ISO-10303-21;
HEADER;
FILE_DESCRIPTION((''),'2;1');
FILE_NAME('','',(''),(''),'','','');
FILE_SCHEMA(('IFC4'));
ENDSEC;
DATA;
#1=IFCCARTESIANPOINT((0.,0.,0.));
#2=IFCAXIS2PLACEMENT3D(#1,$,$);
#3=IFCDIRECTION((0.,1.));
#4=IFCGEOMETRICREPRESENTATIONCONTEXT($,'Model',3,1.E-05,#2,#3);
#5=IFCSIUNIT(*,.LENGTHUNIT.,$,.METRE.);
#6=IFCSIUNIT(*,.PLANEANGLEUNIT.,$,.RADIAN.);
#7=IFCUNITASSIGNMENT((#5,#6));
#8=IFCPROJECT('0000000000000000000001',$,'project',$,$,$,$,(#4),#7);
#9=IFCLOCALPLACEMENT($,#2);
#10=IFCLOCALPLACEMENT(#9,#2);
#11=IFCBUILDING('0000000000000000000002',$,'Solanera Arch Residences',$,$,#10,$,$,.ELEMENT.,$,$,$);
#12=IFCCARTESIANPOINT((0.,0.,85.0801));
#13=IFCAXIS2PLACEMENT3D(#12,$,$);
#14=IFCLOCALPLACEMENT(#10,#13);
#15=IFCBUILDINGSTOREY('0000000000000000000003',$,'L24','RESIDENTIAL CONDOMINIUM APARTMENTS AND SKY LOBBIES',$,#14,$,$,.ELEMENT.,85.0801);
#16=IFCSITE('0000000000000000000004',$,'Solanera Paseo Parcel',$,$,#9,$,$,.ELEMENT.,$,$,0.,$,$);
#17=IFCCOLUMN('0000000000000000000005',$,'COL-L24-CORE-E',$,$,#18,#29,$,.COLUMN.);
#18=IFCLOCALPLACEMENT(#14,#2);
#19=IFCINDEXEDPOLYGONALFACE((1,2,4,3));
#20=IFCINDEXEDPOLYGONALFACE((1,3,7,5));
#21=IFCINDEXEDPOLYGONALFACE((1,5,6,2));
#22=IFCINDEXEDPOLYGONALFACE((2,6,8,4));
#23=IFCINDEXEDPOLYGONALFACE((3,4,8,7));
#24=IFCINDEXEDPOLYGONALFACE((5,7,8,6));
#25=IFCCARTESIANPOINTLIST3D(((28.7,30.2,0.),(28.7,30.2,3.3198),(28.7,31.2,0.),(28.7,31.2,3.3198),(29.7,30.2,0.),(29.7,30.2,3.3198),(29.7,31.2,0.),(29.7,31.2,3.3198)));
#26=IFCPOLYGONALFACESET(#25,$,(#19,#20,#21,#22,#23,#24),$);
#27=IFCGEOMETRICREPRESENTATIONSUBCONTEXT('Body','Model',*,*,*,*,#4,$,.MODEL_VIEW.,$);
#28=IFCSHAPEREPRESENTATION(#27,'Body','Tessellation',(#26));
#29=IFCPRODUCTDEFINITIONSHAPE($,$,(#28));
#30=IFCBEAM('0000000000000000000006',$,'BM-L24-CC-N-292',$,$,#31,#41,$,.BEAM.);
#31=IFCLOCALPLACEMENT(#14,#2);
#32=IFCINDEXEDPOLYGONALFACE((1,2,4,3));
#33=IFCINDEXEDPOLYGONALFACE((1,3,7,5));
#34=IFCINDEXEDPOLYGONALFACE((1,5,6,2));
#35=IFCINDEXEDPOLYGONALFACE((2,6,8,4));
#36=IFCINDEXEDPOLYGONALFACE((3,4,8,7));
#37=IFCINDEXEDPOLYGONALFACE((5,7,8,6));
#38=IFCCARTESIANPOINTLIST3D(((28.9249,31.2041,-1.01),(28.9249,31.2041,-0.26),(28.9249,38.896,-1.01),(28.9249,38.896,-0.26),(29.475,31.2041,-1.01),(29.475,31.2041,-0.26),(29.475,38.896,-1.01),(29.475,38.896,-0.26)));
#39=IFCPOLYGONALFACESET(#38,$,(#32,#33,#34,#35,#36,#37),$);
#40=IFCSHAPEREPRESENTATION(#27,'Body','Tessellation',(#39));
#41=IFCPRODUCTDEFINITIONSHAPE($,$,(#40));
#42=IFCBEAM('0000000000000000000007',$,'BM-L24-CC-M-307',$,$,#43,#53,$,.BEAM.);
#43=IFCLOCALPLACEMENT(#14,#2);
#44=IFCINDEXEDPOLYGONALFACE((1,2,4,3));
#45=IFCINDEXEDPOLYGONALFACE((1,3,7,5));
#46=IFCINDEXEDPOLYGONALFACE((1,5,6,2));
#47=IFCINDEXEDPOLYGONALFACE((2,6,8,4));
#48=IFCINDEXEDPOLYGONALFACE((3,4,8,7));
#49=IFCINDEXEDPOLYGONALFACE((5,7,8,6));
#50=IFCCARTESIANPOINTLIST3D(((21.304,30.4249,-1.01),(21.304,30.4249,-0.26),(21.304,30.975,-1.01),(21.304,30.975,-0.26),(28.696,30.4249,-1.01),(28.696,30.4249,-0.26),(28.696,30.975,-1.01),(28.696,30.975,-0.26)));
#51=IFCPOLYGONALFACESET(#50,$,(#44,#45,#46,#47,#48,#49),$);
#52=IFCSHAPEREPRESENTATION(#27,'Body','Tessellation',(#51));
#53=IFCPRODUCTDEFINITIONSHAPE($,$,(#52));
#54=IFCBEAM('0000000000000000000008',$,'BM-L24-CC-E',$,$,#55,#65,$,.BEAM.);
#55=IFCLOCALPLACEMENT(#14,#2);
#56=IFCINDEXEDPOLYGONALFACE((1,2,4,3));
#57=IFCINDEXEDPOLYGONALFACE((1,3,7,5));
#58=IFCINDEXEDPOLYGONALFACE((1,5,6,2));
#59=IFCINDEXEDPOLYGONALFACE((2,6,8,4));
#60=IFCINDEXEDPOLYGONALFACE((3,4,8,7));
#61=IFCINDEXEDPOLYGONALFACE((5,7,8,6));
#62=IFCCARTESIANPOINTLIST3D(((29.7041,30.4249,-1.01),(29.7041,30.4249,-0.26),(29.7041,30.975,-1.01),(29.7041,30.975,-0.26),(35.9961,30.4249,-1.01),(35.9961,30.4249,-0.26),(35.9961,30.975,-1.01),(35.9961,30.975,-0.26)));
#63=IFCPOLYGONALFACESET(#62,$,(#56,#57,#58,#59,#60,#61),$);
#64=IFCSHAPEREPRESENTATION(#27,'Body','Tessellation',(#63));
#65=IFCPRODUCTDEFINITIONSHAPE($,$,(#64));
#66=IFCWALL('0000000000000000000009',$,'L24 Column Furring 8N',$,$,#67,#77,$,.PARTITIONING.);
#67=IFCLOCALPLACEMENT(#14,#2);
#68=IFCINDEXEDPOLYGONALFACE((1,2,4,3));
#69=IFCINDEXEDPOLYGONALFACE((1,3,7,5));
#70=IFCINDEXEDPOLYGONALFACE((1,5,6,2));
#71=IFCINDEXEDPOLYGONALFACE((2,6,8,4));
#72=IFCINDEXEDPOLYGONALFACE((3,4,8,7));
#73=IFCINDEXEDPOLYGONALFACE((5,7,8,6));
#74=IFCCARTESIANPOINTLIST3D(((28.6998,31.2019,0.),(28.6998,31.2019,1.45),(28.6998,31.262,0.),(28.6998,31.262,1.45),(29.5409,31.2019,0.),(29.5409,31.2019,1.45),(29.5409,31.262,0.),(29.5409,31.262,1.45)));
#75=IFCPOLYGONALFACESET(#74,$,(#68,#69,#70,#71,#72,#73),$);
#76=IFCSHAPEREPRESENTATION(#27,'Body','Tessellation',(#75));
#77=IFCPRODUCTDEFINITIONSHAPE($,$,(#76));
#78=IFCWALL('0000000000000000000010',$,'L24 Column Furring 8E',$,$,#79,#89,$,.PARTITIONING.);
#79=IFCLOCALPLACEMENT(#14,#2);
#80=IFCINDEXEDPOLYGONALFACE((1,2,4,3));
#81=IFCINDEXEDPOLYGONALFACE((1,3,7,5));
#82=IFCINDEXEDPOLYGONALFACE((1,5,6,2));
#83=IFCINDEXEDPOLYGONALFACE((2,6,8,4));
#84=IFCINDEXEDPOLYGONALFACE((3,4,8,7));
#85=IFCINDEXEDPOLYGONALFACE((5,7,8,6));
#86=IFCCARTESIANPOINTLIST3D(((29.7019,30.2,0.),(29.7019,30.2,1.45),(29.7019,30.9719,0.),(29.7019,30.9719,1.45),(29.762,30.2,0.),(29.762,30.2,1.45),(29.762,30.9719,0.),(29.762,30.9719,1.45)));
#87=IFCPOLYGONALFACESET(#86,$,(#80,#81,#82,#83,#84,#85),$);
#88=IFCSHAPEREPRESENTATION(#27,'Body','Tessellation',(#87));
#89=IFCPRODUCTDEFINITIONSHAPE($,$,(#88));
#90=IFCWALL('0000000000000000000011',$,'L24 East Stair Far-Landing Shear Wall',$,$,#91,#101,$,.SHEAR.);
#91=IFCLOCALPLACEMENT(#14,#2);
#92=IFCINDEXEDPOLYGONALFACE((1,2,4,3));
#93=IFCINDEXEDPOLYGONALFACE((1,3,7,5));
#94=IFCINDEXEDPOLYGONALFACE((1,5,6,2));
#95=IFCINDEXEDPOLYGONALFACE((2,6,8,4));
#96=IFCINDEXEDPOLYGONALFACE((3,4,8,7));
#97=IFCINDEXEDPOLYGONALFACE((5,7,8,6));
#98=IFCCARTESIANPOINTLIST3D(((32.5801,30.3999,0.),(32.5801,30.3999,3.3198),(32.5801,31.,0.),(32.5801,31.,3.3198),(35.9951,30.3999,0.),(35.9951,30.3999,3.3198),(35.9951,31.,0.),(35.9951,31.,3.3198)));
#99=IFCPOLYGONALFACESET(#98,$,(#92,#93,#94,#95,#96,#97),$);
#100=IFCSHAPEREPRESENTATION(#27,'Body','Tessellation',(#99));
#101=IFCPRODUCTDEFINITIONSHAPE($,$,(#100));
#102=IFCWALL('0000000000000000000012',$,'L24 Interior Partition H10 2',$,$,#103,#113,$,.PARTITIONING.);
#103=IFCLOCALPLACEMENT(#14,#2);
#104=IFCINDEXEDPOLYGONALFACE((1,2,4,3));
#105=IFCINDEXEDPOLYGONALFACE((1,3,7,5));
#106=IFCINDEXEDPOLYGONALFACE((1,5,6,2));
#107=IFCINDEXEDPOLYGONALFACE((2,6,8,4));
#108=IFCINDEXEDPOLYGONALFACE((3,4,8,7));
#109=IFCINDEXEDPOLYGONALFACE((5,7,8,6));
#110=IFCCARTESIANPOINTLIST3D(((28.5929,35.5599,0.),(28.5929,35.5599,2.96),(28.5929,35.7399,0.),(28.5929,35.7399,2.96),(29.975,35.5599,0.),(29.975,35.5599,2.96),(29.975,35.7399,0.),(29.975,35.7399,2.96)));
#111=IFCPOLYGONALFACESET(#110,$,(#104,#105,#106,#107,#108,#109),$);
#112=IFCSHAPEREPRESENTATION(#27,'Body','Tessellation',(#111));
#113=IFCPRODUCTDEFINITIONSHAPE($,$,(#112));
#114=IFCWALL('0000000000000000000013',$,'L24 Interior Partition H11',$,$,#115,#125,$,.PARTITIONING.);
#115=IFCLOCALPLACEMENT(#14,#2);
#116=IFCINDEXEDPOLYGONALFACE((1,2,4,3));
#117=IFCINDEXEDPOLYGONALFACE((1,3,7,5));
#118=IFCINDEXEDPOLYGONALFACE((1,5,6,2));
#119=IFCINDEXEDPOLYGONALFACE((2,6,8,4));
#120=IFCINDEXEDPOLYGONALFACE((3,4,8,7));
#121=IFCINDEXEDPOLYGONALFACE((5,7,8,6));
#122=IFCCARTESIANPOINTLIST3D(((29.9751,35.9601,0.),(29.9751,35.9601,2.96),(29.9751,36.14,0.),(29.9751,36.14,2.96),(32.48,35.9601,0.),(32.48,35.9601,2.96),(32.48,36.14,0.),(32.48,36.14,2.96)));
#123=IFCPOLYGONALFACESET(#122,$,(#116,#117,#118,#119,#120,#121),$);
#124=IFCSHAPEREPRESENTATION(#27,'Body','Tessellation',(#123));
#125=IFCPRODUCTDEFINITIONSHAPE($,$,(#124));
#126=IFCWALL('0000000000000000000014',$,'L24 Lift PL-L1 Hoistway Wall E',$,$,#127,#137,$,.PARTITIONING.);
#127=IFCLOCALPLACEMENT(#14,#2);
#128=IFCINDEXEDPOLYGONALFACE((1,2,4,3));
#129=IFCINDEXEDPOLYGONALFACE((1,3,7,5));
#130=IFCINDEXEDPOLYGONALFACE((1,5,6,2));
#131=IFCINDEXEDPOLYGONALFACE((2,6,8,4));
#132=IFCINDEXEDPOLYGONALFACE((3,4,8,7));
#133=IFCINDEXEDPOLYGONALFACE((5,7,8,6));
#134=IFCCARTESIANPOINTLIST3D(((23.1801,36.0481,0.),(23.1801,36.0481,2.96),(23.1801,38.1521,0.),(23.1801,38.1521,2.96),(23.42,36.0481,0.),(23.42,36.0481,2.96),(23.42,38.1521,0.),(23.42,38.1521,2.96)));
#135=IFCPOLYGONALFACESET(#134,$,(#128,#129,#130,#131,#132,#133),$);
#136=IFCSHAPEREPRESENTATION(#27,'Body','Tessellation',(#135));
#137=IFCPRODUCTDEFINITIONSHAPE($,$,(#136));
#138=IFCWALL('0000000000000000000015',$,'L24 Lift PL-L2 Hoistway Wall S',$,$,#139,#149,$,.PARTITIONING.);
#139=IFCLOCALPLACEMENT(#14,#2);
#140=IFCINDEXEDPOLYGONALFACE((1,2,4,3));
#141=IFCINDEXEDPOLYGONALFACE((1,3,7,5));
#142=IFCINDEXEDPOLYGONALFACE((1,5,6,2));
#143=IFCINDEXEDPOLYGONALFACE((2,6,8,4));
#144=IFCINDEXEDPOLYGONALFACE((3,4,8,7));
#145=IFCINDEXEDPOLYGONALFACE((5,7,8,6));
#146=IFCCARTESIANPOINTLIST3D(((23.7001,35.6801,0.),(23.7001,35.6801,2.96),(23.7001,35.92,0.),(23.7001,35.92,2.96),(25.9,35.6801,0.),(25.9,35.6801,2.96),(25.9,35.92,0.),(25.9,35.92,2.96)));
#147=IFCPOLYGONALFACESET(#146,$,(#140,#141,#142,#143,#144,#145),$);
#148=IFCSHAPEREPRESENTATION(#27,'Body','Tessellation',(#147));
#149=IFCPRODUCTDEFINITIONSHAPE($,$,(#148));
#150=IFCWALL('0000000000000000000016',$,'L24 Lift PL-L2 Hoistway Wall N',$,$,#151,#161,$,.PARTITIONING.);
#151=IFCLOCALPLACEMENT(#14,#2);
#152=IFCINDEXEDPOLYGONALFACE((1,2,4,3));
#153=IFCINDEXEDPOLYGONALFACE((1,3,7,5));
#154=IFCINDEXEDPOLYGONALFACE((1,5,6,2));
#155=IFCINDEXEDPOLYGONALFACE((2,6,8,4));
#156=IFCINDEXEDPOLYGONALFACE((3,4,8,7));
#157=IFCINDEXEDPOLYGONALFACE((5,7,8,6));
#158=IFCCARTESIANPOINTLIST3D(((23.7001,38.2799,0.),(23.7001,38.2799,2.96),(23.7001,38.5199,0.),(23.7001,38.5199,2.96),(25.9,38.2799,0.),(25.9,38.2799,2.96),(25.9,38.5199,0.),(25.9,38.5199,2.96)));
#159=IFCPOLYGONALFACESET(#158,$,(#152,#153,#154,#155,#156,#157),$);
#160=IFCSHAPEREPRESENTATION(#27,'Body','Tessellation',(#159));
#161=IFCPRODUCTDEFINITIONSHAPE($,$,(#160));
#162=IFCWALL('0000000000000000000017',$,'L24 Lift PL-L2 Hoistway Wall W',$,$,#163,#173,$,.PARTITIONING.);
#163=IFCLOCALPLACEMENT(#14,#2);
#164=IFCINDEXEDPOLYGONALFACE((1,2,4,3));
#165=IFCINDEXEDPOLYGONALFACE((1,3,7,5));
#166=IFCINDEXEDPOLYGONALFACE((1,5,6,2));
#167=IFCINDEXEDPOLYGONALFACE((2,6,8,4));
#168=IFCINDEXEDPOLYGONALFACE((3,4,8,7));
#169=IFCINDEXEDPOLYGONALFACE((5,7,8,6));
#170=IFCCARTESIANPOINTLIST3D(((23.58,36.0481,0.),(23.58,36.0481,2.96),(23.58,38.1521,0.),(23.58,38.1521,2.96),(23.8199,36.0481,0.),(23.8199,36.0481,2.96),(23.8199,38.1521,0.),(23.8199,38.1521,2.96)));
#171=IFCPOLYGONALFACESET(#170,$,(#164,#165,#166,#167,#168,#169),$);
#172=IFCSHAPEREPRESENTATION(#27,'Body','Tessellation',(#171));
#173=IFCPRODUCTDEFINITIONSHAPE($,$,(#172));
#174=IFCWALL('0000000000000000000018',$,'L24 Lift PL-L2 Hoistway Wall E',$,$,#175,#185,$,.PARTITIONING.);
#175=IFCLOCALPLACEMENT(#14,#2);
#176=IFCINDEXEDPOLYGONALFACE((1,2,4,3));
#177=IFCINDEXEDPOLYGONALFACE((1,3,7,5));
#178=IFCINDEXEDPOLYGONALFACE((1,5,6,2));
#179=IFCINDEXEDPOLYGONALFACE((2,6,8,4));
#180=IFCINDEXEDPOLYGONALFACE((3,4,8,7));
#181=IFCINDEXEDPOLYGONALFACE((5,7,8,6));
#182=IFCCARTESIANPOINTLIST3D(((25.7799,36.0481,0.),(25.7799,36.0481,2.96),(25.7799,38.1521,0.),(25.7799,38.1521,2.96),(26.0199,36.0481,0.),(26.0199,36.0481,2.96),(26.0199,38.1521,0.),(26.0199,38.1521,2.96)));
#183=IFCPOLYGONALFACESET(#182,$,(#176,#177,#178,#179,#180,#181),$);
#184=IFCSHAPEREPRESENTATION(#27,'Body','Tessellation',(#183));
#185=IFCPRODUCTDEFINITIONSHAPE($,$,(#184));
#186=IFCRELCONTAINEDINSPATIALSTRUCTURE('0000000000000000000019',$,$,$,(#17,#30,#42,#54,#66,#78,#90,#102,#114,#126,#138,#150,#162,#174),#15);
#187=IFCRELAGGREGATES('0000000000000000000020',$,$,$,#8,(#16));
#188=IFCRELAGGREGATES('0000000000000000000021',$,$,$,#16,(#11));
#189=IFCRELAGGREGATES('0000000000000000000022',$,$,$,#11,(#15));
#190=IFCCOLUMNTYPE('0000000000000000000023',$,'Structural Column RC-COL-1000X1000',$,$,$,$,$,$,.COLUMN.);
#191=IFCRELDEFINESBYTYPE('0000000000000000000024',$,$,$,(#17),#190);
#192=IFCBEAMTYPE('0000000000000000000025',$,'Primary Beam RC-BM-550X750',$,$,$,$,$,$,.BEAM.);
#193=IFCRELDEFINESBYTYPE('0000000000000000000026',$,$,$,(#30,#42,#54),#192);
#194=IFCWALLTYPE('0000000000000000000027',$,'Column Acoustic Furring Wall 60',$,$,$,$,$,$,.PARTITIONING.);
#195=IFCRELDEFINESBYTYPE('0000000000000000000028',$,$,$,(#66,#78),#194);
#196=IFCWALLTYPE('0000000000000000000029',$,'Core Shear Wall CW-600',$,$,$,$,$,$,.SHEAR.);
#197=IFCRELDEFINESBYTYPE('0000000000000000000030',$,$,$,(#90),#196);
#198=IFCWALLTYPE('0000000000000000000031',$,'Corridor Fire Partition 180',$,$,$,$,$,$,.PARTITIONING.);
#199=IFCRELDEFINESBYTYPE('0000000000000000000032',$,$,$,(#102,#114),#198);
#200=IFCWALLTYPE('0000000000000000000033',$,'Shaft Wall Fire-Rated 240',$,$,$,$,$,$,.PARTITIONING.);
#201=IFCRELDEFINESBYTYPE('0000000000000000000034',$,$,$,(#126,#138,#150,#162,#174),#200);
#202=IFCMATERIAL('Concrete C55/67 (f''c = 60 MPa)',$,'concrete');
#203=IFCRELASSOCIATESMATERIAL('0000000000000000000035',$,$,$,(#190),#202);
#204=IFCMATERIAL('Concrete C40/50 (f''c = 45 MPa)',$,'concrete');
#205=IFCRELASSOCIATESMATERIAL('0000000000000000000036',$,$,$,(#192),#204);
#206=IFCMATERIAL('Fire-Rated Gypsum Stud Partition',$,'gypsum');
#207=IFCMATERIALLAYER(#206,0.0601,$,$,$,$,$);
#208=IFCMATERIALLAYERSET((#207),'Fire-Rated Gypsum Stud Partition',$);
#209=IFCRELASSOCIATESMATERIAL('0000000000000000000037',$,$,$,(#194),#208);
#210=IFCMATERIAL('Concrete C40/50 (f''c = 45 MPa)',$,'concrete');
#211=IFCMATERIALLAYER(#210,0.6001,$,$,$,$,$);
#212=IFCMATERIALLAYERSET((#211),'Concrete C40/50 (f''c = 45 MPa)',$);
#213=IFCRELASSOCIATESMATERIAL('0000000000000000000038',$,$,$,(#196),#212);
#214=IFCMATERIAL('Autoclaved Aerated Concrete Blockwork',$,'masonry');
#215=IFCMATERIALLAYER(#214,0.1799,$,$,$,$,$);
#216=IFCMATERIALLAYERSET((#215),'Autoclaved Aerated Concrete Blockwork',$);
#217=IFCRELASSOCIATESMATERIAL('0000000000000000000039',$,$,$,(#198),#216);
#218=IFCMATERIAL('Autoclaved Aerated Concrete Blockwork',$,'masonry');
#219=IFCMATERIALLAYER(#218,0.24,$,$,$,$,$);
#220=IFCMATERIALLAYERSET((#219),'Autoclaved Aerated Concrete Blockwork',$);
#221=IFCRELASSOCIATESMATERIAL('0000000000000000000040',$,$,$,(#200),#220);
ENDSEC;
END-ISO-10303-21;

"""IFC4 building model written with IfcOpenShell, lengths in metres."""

from ifc_helpers import new_model, si_unit, direction, frame, frame_2d, origin, origin_2d, place, context, subcontext, project, spatial, rectangle, extrude, material, layer, layer_set, material_profile, profile_set, type_object, element, save


model = new_model("IFC4")

# Units and contexts
model_context = context("Model", 3, precision=1e-05, world=origin(), true_north=direction((0.0, 1.0)))
body_context = subcontext(model_context, "Body", "Model", "MODEL_VIEW")
ifc_project = project(units=[si_unit("LENGTHUNIT", "METRE"), si_unit("PLANEANGLEUNIT", "RADIAN")], contexts=[model_context])

# Site, building, storey
site_placement = place(None, origin())
site = spatial("IfcSite", under=ifc_project, at=site_placement, Name="Solanera Paseo Parcel", CompositionType="ELEMENT", RefElevation=0.0)
building_placement = place(site_placement, origin())
building = spatial("IfcBuilding", under=site, at=building_placement, Name="Solanera Arch Residences", CompositionType="ELEMENT")
storey_placement = place(building_placement, frame((0.0, 0.0, 85.0801)))
storey = spatial("IfcBuildingStorey", under=building, at=storey_placement, Name="L24", Description="RESIDENTIAL CONDOMINIUM APARTMENTS AND SKY LOBBIES", CompositionType="ELEMENT", Elevation=85.0801)

# Column
ifc_material_1 = material(Name="Concrete C55/67 (f'c = 60 MPa)", Category="concrete")
ifc_material_profile_1 = material_profile(ifc_material_1, rectangle(XDim=1.0, YDim=1.0, at=origin_2d()))
ifc_profile_set_1 = profile_set([ifc_material_profile_1], Name="Concrete C55/67 (f'c = 60 MPa)")
column_type = type_object("IfcColumnType", Name="Structural Column RC-COL-1000X1000", PredefinedType="COLUMN", material=ifc_profile_set_1)
column_placement = place(storey_placement, frame((29.2, 30.7, 0.0), z_axis=(0.0, 0.0, 1.0), x_axis=(1.0, 0.0, 0.0)))
element("IfcColumn", 1, at=column_placement, inside=storey, type_object=column_type, Name="COL-L24-CORE-E", PredefinedType="COLUMN", context=body_context, shape_type="SweptSolid", body=[
    extrude(rectangle(XDim=1.0, YDim=1.0, at=origin_2d()), origin(), (0.0, 0.0, 1.0), 3.3198),
])

# Beams
ifc_material_2 = material(Name="Concrete C40/50 (f'c = 45 MPa)", Category="concrete")
ifc_material_profile_2 = material_profile(ifc_material_2, rectangle(XDim=0.55, YDim=0.75, at=origin_2d()))
ifc_profile_set_2 = profile_set([ifc_material_profile_2], Name="Concrete C40/50 (f'c = 45 MPa)")
beam_type = type_object("IfcBeamType", Name="Primary Beam RC-BM-550X750", PredefinedType="BEAM", material=ifc_profile_set_2)
beam_1_placement = place(storey_placement, frame((29.2, 31.2041, -0.635), z_axis=(0.0, 1.0, 0.0), x_axis=(-1.0, 0.0, 0.0)))
element("IfcBeam", 2, at=beam_1_placement, inside=storey, type_object=beam_type, Name="BM-L24-CC-N-292", PredefinedType="BEAM", context=body_context, shape_type="SweptSolid", body=[
    extrude(rectangle(XDim=0.55, YDim=0.75, at=origin_2d()), origin(), (0.0, 0.0, 1.0), 7.6919),
])
beam_2_placement = place(storey_placement, frame((21.304, 30.7, -0.635), z_axis=(1.0, 0.0, 0.0), x_axis=(0.0, 1.0, 0.0)))
element("IfcBeam", 3, at=beam_2_placement, inside=storey, type_object=beam_type, Name="BM-L24-CC-M-307", PredefinedType="BEAM", context=body_context, shape_type="SweptSolid", body=[
    extrude(rectangle(XDim=0.55, YDim=0.75, at=origin_2d()), origin(), (0.0, 0.0, 1.0), 7.3921),
])
beam_3_placement = place(storey_placement, frame((29.7041, 30.7, -0.635), z_axis=(1.0, 0.0, 0.0), x_axis=(0.0, 1.0, 0.0)))
element("IfcBeam", 4, at=beam_3_placement, inside=storey, type_object=beam_type, Name="BM-L24-CC-E", PredefinedType="BEAM", context=body_context, shape_type="SweptSolid", body=[
    extrude(rectangle(XDim=0.55, YDim=0.75, at=origin_2d()), origin(), (0.0, 0.0, 1.0), 6.292),
])

# Walls
ifc_material_3 = material(Name="Fire-Rated Gypsum Stud Partition", Category="gypsum")
ifc_layer_1 = layer(ifc_material_3, 0.0601)
ifc_layer_set_1 = layer_set([ifc_layer_1], Name="Fire-Rated Gypsum Stud Partition")
wall_type_1 = type_object("IfcWallType", Name="Column Acoustic Furring Wall 60", PredefinedType="PARTITIONING", material=ifc_layer_set_1)
wall_1_placement = place(storey_placement, frame((28.7, 31.2319, 0.0), z_axis=(0.0, 0.0, 1.0), x_axis=(1.0, 0.0, 0.0)))
element("IfcWall", 5, at=wall_1_placement, inside=storey, type_object=wall_type_1, Name="L24 Column Furring 8N", PredefinedType="PARTITIONING", context=body_context, shape_type="SweptSolid", body=[
    extrude(rectangle(XDim=0.8411, YDim=0.0601, at=frame_2d((0.4204, 0.0))), origin(), (0.0, 0.0, 1.0), 1.45),
])
wall_2_placement = place(storey_placement, frame((29.7319, 30.2, 0.0), z_axis=(0.0, 0.0, 1.0), x_axis=(0.0, 1.0, 0.0)))
element("IfcWall", 6, at=wall_2_placement, inside=storey, type_object=wall_type_1, Name="L24 Column Furring 8E", PredefinedType="PARTITIONING", context=body_context, shape_type="SweptSolid", body=[
    extrude(rectangle(XDim=0.772, YDim=0.0601, at=frame_2d((0.386, 0.0))), origin(), (0.0, 0.0, 1.0), 1.45),
])
ifc_material_4 = material(Name="Concrete C40/50 (f'c = 45 MPa)", Category="concrete")
ifc_layer_2 = layer(ifc_material_4, 0.6001)
ifc_layer_set_2 = layer_set([ifc_layer_2], Name="Concrete C40/50 (f'c = 45 MPa)")
wall_type_2 = type_object("IfcWallType", Name="Core Shear Wall CW-600", PredefinedType="SHEAR", material=ifc_layer_set_2)
wall_3_placement = place(storey_placement, frame((32.5801, 30.7, 0.0), z_axis=(0.0, 0.0, 1.0), x_axis=(1.0, 0.0, 0.0)))
element("IfcWall", 7, at=wall_3_placement, inside=storey, type_object=wall_type_2, Name="L24 East Stair Far-Landing Shear Wall", PredefinedType="SHEAR", context=body_context, shape_type="SweptSolid", body=[
    extrude(rectangle(XDim=3.415, YDim=0.6001, at=frame_2d((1.7075, 0.0))), origin(), (0.0, 0.0, 1.0), 3.3198),
])
ifc_material_5 = material(Name="Autoclaved Aerated Concrete Blockwork", Category="masonry")
ifc_layer_3 = layer(ifc_material_5, 0.1799)
ifc_layer_set_3 = layer_set([ifc_layer_3], Name="Autoclaved Aerated Concrete Blockwork")
wall_type_3 = type_object("IfcWallType", Name="Corridor Fire Partition 180", PredefinedType="PARTITIONING", material=ifc_layer_set_3)
wall_4_placement = place(storey_placement, frame((28.593, 35.6499, 0.0), z_axis=(0.0, 0.0, 1.0), x_axis=(1.0, 0.0, 0.0)))
element("IfcWall", 8, at=wall_4_placement, inside=storey, type_object=wall_type_3, Name="L24 Interior Partition H10 2", PredefinedType="PARTITIONING", context=body_context, shape_type="SweptSolid", body=[
    extrude(rectangle(XDim=1.3821, YDim=0.1799, at=frame_2d((0.6909, 0.0))), origin(), (0.0, 0.0, 1.0), 2.96),
])
wall_5_placement = place(storey_placement, frame((29.9751, 36.05, 0.0), z_axis=(0.0, 0.0, 1.0), x_axis=(1.0, 0.0, 0.0)))
element("IfcWall", 9, at=wall_5_placement, inside=storey, type_object=wall_type_3, Name="L24 Interior Partition H11", PredefinedType="PARTITIONING", context=body_context, shape_type="SweptSolid", body=[
    extrude(rectangle(XDim=2.5049, YDim=0.1799, at=frame_2d((1.2524, 0.0))), origin(), (0.0, 0.0, 1.0), 2.96),
])
ifc_material_6 = material(Name="Autoclaved Aerated Concrete Blockwork", Category="masonry")
ifc_layer_4 = layer(ifc_material_6, 0.24)
ifc_layer_set_4 = layer_set([ifc_layer_4], Name="Autoclaved Aerated Concrete Blockwork")
wall_type_4 = type_object("IfcWallType", Name="Shaft Wall Fire-Rated 240", PredefinedType="PARTITIONING", material=ifc_layer_set_4)
wall_6_placement = place(storey_placement, frame((23.3, 36.0481, 0.0), z_axis=(0.0, 0.0, 1.0), x_axis=(0.0, 1.0, 0.0)))
element("IfcWall", 10, at=wall_6_placement, inside=storey, type_object=wall_type_4, Name="L24 Lift PL-L1 Hoistway Wall E", PredefinedType="PARTITIONING", context=body_context, shape_type="SweptSolid", body=[
    extrude(rectangle(XDim=2.104, YDim=0.24, at=frame_2d((1.052, 0.0))), origin(), (0.0, 0.0, 1.0), 2.96),
])
for number, where, z_axis, x_axis, name in (
    (11, (23.7, 35.8, 0.0), (0.0, 0.0, 1.0), (1.0, 0.0, 0.0), "L24 Lift PL-L2 Hoistway Wall S"),
    (12, (23.7, 38.3999, 0.0), (0.0, 0.0, 1.0), (1.0, 0.0, 0.0), "L24 Lift PL-L2 Hoistway Wall N"),
):
    element("IfcWall", number, at=place(storey_placement, frame(where, z_axis=z_axis, x_axis=x_axis)), inside=storey, type_object=wall_type_4, Name=name, PredefinedType="PARTITIONING", context=body_context, shape_type="SweptSolid", body=[
        extrude(rectangle(XDim=2.2, YDim=0.24, at=frame_2d((1.1001, 0.0))), origin(), (0.0, 0.0, 1.0), 2.96),
    ])
for number, where, z_axis, x_axis, name in (
    (13, (23.7, 36.0481, 0.0), (0.0, 0.0, 1.0), (0.0, 1.0, 0.0), "L24 Lift PL-L2 Hoistway Wall W"),
    (14, (25.8999, 36.0481, 0.0), (0.0, 0.0, 1.0), (0.0, 1.0, 0.0), "L24 Lift PL-L2 Hoistway Wall E"),
):
    element("IfcWall", number, at=place(storey_placement, frame(where, z_axis=z_axis, x_axis=x_axis)), inside=storey, type_object=wall_type_4, Name=name, PredefinedType="PARTITIONING", context=body_context, shape_type="SweptSolid", body=[
        extrude(rectangle(XDim=2.104, YDim=0.24, at=frame_2d((1.052, 0.0))), origin(), (0.0, 0.0, 1.0), 2.96),
    ])

save(model, "model.ifc")
